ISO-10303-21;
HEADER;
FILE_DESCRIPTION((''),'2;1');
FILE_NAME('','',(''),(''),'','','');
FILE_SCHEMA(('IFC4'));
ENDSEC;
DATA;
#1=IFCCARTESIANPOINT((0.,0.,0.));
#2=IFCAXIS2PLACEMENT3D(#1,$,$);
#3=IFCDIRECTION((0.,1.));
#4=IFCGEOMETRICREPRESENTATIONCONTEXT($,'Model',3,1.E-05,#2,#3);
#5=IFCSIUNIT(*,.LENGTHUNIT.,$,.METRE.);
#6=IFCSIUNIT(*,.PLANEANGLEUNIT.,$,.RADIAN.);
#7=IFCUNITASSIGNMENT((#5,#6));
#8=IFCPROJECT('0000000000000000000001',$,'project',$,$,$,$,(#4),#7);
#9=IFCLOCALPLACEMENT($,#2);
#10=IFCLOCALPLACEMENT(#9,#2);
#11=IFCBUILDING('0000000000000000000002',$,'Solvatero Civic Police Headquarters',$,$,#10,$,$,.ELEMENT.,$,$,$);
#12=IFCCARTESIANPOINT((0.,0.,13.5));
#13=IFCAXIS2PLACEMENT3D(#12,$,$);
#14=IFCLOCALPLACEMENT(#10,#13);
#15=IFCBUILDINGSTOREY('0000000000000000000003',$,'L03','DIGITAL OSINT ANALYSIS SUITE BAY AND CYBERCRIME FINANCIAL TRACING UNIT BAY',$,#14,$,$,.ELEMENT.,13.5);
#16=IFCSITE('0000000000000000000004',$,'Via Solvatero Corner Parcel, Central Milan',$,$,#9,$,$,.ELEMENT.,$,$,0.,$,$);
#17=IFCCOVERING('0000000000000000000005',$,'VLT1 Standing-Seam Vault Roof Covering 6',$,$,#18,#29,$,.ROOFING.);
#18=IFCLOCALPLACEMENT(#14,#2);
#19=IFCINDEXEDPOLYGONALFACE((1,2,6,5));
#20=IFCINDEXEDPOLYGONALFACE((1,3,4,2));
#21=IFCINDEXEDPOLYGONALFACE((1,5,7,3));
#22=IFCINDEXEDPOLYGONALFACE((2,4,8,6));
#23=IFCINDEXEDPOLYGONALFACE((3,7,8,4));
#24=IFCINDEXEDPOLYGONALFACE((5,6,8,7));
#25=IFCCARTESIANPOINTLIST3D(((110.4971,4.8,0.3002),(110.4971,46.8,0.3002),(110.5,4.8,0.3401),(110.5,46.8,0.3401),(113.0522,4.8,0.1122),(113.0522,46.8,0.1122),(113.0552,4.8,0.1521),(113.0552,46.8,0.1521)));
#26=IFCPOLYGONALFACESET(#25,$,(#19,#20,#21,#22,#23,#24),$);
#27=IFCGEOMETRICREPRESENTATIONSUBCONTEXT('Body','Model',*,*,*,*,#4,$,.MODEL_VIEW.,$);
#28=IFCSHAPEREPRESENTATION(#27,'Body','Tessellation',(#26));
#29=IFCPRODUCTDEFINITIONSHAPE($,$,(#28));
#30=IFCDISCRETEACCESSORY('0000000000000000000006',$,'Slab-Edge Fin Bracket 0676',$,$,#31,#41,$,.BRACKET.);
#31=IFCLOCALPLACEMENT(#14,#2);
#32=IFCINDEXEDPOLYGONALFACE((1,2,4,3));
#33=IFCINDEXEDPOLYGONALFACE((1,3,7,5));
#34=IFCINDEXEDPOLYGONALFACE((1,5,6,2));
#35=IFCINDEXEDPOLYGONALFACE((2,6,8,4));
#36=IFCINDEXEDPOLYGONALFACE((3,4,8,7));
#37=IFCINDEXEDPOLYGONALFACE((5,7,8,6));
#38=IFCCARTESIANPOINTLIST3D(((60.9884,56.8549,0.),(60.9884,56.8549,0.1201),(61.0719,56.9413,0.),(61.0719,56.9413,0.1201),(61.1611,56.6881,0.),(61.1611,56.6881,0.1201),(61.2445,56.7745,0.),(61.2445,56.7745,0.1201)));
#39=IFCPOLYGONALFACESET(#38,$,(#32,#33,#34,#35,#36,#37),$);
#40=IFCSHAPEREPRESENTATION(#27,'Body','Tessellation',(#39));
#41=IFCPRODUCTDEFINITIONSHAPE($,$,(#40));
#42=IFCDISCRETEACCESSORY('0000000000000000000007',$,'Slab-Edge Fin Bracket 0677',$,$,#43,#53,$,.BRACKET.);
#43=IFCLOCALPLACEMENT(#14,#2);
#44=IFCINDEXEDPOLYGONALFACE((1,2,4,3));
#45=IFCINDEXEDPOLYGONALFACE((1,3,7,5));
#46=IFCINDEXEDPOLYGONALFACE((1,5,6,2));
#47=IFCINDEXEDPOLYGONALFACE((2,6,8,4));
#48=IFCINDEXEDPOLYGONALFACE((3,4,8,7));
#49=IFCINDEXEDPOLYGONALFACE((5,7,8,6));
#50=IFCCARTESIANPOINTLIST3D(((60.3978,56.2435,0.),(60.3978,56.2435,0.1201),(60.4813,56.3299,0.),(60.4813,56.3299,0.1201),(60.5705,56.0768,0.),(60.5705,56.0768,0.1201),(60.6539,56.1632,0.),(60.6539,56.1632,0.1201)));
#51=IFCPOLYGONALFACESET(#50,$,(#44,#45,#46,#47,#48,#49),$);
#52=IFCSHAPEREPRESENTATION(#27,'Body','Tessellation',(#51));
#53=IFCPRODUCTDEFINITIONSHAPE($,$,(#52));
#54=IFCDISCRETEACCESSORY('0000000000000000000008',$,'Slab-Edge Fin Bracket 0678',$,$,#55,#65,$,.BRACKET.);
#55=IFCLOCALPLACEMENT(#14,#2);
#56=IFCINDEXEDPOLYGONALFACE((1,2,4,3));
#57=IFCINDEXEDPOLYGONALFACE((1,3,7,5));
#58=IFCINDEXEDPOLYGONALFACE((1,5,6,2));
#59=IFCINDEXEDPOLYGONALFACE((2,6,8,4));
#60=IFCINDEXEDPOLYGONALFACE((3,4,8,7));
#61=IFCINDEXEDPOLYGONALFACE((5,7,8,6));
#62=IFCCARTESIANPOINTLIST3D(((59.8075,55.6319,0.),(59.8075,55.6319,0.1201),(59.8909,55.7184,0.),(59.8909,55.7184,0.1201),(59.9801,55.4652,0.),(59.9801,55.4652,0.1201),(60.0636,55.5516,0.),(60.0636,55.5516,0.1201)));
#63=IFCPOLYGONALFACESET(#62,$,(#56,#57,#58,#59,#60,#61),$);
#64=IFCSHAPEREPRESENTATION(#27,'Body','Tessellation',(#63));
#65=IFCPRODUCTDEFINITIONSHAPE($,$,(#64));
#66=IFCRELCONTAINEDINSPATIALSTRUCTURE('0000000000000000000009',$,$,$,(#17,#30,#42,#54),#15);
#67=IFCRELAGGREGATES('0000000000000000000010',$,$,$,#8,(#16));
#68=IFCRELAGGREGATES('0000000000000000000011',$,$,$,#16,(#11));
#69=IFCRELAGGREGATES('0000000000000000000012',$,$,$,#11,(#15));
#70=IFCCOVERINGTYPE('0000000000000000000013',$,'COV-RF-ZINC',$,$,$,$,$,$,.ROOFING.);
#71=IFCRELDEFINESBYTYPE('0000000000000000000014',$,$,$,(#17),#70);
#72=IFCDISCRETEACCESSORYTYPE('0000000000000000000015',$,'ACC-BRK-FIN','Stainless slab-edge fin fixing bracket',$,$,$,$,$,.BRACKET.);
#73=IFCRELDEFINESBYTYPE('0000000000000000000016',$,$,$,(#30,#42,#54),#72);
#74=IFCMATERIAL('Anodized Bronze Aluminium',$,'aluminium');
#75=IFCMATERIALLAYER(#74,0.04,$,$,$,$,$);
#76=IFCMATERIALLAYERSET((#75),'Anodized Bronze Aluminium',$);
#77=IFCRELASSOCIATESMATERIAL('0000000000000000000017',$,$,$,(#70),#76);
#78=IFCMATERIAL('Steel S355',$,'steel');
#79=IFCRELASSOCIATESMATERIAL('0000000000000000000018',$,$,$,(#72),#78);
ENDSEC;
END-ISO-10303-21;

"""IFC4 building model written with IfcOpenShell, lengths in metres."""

from ifc_helpers import new_model, si_unit, direction, frame, origin, origin_2d, place, context, subcontext, project, spatial, polyline, rectangle, outline, extrude, material, layer, layer_set, type_object, element, save


model = new_model("IFC4")

# Units and contexts
model_context = context("Model", 3, precision=1e-05, world=origin(), true_north=direction((0.0, 1.0)))
body_context = subcontext(model_context, "Body", "Model", "MODEL_VIEW")
ifc_project = project(units=[si_unit("LENGTHUNIT", "METRE"), si_unit("PLANEANGLEUNIT", "RADIAN")], contexts=[model_context])

# Site, building, storey
site_placement = place(None, origin())
site = spatial("IfcSite", under=ifc_project, at=site_placement, Name="Via Solvatero Corner Parcel, Central Milan", CompositionType="ELEMENT", RefElevation=0.0)
building_placement = place(site_placement, origin())
building = spatial("IfcBuilding", under=site, at=building_placement, Name="Solvatero Civic Police Headquarters", CompositionType="ELEMENT")
storey_placement = place(building_placement, frame((0.0, 0.0, 13.5)))
storey = spatial("IfcBuildingStorey", under=building, at=storey_placement, Name="L03", Description="DIGITAL OSINT ANALYSIS SUITE BAY AND CYBERCRIME FINANCIAL TRACING UNIT BAY", CompositionType="ELEMENT", Elevation=13.5)

# Shared definitions
ifc_material_1 = material(Name="Steel S355", Category="steel")

# Shared definitions
ifc_material_2 = material(Name="Anodized Bronze Aluminium", Category="aluminium")

# Covering
ifc_layer_1 = layer(ifc_material_2, 0.04)
ifc_layer_set_1 = layer_set([ifc_layer_1], Name="Anodized Bronze Aluminium")
covering_type_1 = type_object("IfcCoveringType", Name="COV-RF-ZINC", PredefinedType="ROOFING", material=ifc_layer_set_1)
for number, where, z_axis, x_axis, name in (
    (1, (110.5, 4.8, 0.3401), (0.073373, 0.0, 0.997305), (0.997305, 0.0, -0.073373), "VLT1 Standing-Seam Vault Roof Covering 6"),
):
    element("IfcCovering", number, at=place(storey_placement, frame(where, z_axis=z_axis, x_axis=x_axis)), inside=storey, type_object=covering_type_1, Name=name, PredefinedType="ROOFING", context=body_context, shape_type="SweptSolid", body=[
        extrude(outline(polyline([(0.0, 0.0), (2.5621, 0.0), (2.5621, 42.0), (0.0, 42.0), (0.0, 0.0)])), origin(), (0.0, 0.0, -1.0), 0.04),
    ])

# Discrete accessories
discrete_accessory_type = type_object("IfcDiscreteAccessoryType", Name="ACC-BRK-FIN", Description="Stainless slab-edge fin fixing bracket", PredefinedType="BRACKET", material=ifc_material_1)
for number, where, z_axis, x_axis, name in (
    (2, (61.1165, 56.8147, 0.0), (0.0, 0.0, 1.0), (-0.694658, -0.71934, 0.0), "Slab-Edge Fin Bracket 0676"),
    (3, (60.5259, 56.2034, 0.0), (0.0, 0.0, 1.0), (-0.694658, -0.71934, 0.0), "Slab-Edge Fin Bracket 0677"),
    (4, (59.9355, 55.5918, 0.0), (0.0, 0.0, 1.0), (-0.694658, -0.71934, 0.0), "Slab-Edge Fin Bracket 0678"),
):
    element("IfcDiscreteAccessory", number, at=place(storey_placement, frame(where, z_axis=z_axis, x_axis=x_axis)), inside=storey, type_object=discrete_accessory_type, Name=name, PredefinedType="BRACKET", context=body_context, shape_type="SweptSolid", body=[
        extrude(rectangle(XDim=0.1201, YDim=0.24, at=origin_2d()), origin(), (0.0, 0.0, 1.0), 0.1201),
    ])

save(model, "model.ifc")
